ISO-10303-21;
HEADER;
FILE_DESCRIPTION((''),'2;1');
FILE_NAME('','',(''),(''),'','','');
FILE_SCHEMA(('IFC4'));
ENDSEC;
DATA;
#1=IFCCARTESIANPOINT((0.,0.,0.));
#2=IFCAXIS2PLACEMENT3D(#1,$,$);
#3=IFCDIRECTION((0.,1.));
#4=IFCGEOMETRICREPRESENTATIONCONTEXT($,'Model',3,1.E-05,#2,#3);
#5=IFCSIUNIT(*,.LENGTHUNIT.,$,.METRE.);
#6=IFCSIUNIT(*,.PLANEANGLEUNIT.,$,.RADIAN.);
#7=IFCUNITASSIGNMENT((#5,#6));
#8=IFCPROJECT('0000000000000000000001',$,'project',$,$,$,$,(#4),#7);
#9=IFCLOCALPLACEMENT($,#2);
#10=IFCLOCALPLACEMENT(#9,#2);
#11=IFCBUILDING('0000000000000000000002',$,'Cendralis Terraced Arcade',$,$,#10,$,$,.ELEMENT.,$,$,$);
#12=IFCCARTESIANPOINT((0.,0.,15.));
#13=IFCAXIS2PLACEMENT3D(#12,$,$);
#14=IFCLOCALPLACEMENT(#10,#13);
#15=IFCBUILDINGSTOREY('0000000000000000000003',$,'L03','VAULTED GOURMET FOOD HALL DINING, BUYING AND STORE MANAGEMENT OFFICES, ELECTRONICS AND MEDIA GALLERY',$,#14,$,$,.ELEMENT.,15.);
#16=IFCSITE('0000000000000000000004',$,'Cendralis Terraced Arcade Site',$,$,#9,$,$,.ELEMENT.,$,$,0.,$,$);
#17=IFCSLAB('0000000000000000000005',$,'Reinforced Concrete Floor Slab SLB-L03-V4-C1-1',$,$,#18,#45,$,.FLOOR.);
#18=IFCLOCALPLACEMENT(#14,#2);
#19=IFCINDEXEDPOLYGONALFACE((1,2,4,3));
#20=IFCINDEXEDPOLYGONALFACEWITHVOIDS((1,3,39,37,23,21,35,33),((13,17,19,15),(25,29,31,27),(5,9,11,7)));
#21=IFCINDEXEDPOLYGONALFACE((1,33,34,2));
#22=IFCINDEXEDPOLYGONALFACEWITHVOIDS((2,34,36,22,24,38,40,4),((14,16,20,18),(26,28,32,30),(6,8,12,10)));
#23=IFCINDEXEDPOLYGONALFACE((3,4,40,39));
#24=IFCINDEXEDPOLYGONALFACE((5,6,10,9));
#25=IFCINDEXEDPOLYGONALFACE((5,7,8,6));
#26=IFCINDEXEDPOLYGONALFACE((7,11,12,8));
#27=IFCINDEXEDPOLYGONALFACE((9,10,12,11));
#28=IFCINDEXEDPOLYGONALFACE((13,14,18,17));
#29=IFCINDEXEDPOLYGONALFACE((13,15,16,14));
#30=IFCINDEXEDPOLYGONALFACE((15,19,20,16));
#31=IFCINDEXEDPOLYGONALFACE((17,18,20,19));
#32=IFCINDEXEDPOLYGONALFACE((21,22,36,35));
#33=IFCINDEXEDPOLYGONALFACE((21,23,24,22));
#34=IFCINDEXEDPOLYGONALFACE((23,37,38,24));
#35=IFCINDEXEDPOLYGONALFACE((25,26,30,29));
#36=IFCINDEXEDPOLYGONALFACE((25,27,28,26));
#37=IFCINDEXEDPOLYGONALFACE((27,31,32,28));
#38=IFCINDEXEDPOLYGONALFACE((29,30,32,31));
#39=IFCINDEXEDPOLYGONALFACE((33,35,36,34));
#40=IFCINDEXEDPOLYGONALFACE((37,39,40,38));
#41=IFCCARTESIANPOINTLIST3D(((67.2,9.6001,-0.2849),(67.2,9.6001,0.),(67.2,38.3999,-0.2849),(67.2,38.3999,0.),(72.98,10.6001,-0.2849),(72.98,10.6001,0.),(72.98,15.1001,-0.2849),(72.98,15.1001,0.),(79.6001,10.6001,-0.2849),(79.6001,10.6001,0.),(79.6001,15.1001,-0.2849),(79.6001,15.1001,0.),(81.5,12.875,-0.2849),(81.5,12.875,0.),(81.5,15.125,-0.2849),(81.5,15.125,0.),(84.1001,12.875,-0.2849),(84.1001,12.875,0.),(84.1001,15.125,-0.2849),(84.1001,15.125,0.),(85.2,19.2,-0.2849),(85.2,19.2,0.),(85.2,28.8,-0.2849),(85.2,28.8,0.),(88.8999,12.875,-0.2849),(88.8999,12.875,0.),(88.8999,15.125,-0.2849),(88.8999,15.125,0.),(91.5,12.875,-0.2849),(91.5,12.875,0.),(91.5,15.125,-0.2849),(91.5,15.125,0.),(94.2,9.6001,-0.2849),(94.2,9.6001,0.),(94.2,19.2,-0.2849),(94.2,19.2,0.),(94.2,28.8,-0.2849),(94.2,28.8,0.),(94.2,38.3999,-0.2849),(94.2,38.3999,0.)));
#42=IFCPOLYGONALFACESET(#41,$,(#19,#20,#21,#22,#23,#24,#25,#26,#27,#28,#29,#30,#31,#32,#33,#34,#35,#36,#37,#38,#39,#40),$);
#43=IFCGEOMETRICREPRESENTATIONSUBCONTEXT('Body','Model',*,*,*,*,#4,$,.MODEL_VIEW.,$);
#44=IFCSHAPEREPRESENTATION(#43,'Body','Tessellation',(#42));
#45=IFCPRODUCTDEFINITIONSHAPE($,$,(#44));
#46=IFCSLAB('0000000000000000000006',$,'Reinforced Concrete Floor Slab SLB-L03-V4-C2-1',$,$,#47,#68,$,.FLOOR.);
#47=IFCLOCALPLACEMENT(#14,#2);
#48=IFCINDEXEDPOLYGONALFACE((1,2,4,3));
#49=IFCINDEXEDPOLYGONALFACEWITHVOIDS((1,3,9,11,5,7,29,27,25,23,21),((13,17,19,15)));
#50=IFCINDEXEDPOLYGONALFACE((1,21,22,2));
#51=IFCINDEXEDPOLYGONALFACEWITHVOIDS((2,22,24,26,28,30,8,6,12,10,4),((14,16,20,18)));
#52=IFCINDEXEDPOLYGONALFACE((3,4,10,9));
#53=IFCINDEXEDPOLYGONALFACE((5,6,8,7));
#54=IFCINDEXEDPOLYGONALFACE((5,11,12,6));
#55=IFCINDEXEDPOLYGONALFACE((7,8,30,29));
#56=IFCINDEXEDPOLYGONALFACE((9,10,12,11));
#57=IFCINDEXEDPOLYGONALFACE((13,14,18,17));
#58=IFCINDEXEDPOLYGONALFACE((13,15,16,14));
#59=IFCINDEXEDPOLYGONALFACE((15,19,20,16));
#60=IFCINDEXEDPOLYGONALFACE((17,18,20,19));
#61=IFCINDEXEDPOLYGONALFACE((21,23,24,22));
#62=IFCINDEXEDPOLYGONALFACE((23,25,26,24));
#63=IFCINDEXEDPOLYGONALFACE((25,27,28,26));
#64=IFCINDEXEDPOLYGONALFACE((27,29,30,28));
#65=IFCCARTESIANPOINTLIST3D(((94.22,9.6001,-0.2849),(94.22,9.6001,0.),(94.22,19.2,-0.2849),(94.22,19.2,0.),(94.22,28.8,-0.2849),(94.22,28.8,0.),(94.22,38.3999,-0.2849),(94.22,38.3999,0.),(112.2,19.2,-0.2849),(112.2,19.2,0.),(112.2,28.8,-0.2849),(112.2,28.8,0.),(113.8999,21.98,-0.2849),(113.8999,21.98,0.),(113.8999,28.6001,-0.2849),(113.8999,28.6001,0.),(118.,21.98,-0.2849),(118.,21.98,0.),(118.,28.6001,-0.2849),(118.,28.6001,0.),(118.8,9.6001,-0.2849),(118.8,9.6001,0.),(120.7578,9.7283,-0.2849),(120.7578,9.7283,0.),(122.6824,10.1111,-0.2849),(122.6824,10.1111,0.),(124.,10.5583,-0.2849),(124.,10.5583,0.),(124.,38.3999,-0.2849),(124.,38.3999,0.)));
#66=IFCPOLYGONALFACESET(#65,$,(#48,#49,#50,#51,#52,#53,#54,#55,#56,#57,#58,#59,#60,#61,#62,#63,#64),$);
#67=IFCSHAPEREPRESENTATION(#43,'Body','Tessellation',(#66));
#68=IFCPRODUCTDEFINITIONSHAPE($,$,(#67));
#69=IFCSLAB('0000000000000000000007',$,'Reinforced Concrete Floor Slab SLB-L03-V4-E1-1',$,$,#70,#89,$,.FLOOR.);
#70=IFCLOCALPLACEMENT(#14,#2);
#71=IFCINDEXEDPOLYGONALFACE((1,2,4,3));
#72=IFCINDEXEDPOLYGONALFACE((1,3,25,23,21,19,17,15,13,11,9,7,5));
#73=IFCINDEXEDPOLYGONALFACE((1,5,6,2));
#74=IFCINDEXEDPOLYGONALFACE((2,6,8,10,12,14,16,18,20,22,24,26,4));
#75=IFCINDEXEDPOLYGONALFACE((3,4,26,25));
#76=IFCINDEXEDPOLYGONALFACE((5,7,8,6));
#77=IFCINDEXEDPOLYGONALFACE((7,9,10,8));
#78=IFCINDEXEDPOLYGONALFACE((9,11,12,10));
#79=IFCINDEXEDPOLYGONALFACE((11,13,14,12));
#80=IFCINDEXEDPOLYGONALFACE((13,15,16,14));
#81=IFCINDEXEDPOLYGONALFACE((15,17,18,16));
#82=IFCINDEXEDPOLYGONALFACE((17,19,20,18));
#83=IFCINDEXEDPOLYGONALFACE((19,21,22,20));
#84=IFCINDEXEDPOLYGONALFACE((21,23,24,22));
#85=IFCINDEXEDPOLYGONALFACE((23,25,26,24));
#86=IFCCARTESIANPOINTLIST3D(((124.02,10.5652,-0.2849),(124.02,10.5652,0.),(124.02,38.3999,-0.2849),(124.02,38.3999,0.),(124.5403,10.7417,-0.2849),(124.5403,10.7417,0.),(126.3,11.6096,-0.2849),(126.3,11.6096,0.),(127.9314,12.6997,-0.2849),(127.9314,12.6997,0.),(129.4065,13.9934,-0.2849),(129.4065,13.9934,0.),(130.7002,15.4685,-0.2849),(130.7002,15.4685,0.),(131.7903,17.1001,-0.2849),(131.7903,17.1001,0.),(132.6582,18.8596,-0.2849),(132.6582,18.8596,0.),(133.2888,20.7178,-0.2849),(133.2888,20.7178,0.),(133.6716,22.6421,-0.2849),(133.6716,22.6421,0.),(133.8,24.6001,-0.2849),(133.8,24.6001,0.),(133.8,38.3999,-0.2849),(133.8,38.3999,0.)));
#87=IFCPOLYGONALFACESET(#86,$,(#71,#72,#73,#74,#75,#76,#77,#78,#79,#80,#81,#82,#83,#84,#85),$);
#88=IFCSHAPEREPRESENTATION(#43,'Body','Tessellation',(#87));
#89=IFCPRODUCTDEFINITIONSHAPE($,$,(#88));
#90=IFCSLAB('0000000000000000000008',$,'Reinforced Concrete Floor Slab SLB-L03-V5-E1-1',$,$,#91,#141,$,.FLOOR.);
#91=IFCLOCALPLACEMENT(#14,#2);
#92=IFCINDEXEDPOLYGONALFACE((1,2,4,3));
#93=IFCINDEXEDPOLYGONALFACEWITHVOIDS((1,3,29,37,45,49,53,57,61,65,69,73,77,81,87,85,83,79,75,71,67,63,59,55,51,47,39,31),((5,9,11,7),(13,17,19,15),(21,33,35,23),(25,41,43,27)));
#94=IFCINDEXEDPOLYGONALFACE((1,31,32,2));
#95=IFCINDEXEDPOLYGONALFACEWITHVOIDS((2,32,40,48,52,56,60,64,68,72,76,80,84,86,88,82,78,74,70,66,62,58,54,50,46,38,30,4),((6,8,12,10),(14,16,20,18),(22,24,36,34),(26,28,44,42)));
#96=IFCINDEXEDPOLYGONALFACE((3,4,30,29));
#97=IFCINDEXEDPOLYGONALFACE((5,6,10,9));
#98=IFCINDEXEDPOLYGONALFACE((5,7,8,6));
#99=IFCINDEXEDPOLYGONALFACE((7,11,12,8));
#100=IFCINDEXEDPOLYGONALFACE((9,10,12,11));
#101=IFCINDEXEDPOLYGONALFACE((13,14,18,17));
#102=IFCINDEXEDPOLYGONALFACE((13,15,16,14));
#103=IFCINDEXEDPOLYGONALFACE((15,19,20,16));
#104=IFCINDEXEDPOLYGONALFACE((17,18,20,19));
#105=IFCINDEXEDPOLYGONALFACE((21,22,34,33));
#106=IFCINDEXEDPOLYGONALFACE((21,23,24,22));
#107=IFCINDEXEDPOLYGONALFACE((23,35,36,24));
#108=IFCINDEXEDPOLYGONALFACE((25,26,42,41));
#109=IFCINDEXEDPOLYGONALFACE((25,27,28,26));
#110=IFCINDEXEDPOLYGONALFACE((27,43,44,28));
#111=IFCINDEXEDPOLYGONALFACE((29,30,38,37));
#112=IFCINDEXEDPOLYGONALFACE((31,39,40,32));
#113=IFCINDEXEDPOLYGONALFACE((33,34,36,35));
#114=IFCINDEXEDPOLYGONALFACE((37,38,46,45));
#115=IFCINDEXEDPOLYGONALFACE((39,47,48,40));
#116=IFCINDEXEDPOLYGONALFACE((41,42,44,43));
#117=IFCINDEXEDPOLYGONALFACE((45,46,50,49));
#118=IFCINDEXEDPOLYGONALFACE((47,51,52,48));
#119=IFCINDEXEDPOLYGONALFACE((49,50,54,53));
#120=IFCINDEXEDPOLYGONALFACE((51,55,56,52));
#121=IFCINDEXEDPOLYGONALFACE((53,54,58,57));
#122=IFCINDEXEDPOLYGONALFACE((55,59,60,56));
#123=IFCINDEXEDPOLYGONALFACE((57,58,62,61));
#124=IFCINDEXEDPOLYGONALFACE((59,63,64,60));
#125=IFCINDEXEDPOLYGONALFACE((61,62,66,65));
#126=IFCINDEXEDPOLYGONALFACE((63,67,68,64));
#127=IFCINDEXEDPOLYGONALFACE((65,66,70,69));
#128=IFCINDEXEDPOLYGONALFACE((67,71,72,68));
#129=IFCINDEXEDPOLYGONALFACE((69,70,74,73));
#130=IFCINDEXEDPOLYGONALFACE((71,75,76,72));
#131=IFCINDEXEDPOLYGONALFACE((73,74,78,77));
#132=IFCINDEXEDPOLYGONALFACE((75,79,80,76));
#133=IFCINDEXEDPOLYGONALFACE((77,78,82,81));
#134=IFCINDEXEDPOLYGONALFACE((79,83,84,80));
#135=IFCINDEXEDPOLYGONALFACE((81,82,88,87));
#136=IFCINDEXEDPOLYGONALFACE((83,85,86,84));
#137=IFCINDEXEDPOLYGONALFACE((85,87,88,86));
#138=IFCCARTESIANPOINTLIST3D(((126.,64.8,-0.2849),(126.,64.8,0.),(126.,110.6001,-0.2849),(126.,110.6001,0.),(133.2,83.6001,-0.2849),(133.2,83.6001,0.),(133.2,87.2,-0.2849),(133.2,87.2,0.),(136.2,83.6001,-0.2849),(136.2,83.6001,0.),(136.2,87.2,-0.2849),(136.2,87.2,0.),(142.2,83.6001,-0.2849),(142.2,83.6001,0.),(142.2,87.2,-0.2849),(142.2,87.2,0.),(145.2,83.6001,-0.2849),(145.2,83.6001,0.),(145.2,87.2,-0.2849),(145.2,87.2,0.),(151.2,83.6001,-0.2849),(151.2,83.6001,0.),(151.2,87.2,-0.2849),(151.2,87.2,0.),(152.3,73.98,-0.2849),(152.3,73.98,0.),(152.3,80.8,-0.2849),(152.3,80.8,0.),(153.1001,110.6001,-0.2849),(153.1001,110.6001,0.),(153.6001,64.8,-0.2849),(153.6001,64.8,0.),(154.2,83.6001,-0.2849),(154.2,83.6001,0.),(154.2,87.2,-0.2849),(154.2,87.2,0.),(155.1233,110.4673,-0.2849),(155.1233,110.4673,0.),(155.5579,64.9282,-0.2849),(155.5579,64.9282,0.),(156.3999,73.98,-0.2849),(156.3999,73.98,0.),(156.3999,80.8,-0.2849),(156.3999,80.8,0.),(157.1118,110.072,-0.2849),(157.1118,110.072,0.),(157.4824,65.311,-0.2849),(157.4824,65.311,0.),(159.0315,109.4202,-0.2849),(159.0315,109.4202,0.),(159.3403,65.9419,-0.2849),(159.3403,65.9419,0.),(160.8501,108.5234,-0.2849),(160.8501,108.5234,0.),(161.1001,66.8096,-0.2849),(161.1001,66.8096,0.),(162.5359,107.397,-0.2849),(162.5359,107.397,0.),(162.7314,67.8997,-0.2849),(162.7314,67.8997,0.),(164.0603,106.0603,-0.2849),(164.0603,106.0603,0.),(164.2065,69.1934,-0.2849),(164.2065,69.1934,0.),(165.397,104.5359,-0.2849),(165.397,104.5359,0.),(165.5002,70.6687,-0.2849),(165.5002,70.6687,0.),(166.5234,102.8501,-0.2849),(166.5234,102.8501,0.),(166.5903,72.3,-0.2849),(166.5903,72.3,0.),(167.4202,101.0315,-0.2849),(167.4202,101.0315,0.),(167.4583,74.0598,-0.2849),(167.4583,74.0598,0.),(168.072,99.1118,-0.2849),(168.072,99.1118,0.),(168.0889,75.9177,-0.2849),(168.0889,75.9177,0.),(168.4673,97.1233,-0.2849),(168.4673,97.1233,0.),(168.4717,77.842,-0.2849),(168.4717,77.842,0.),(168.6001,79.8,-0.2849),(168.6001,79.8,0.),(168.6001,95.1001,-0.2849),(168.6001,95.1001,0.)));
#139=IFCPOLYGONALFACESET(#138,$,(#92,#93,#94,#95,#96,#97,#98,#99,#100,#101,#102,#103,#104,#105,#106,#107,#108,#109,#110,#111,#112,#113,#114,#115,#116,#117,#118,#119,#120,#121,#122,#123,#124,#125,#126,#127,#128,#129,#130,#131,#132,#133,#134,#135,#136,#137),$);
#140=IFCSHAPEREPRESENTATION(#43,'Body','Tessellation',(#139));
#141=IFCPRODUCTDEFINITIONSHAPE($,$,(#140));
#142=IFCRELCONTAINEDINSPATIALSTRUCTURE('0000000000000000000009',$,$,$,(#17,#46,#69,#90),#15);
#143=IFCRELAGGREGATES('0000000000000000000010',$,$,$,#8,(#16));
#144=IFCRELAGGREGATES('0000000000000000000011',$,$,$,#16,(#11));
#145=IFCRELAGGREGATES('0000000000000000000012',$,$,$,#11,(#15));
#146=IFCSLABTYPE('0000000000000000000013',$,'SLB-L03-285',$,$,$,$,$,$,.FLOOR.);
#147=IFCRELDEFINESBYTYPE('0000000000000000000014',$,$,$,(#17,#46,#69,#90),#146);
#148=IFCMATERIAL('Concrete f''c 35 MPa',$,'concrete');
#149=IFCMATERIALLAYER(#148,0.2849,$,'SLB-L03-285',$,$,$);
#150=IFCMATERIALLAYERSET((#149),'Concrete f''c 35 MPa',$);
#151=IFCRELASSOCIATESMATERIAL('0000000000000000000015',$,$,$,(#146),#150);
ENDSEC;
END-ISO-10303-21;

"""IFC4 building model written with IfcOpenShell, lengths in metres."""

from ifc_helpers import new_model, si_unit, direction, frame, origin, place, context, subcontext, project, spatial, polyline, outline, extrude, material, layer, layer_set, type_object, element, save


model = new_model("IFC4")

# Units and contexts
model_context = context("Model", 3, precision=1e-05, world=origin(), true_north=direction((0.0, 1.0)))
body_context = subcontext(model_context, "Body", "Model", "MODEL_VIEW")
ifc_project = project(units=[si_unit("LENGTHUNIT", "METRE"), si_unit("PLANEANGLEUNIT", "RADIAN")], contexts=[model_context])

# Site, building, storey
site_placement = place(None, origin())
site = spatial("IfcSite", under=ifc_project, at=site_placement, Name="Cendralis Terraced Arcade Site", CompositionType="ELEMENT", RefElevation=0.0)
building_placement = place(site_placement, origin())
building = spatial("IfcBuilding", under=site, at=building_placement, Name="Cendralis Terraced Arcade", CompositionType="ELEMENT")
storey_placement = place(building_placement, frame((0.0, 0.0, 15.0)))
storey = spatial("IfcBuildingStorey", under=building, at=storey_placement, Name="L03", Description="VAULTED GOURMET FOOD HALL DINING, BUYING AND STORE MANAGEMENT OFFICES, ELECTRONICS AND MEDIA GALLERY", CompositionType="ELEMENT", Elevation=15.0)

# Slabs
ifc_material_1 = material(Name="Concrete f'c 35 MPa", Category="concrete")
ifc_layer_1 = layer(ifc_material_1, 0.2849, Name="SLB-L03-285")
ifc_layer_set_1 = layer_set([ifc_layer_1], Name="Concrete f'c 35 MPa")
slab_type_1 = type_object("IfcSlabType", Name="SLB-L03-285", PredefinedType="FLOOR", material=ifc_layer_set_1)
slab_1_placement = place(storey_placement, frame((0.0, 0.0, -0.2849)))
element("IfcSlab", 1, at=slab_1_placement, inside=storey, type_object=slab_type_1, Name="Reinforced Concrete Floor Slab SLB-L03-V4-C1-1", PredefinedType="FLOOR", context=body_context, shape_type="SweptSolid", body=[
    extrude(outline(polyline([(94.2, 28.8), (85.2, 28.8), (85.2, 19.2), (94.2, 19.2), (94.2, 9.6001), (67.2, 9.6001), (67.2, 38.3999), (94.2, 38.3999), (94.2, 28.8)]), holes=[polyline([(79.6001, 15.1001), (72.98, 15.1001), (72.98, 10.6001), (79.6001, 10.6001), (79.6001, 15.1001)]), polyline([(81.5, 15.125), (81.5, 12.875), (84.1001, 12.875), (84.1001, 15.125), (81.5, 15.125)]), polyline([(91.5, 15.125), (88.8999, 15.125), (88.8999, 12.875), (91.5, 12.875), (91.5, 15.125)])]), origin(), (0.0, 0.0, 1.0), 0.2849),
])
slab_2_placement = place(storey_placement, frame((0.0, 0.0, -0.2849)))
element("IfcSlab", 2, at=slab_2_placement, inside=storey, type_object=slab_type_1, Name="Reinforced Concrete Floor Slab SLB-L03-V4-C2-1", PredefinedType="FLOOR", context=body_context, shape_type="SweptSolid", body=[
    extrude(outline(polyline([(122.6824, 10.1111), (120.7578, 9.7283), (118.8, 9.6001), (94.22, 9.6001), (94.22, 19.2), (112.2, 19.2), (112.2, 28.8), (94.22, 28.8), (94.22, 38.3999), (124.0, 38.3999), (124.0, 10.5583), (122.6824, 10.1111)]), holes=[polyline([(118.0, 28.6001), (113.8999, 28.6001), (113.8999, 21.98), (118.0, 21.98), (118.0, 28.6001)])]), origin(), (0.0, 0.0, 1.0), 0.2849),
])
slab_3_placement = place(storey_placement, frame((0.0, 0.0, -0.2849)))
element("IfcSlab", 3, at=slab_3_placement, inside=storey, type_object=slab_type_1, Name="Reinforced Concrete Floor Slab SLB-L03-V4-E1-1", PredefinedType="FLOOR", context=body_context, shape_type="SweptSolid", body=[
    extrude(outline(polyline([(133.6716, 22.6421), (133.2888, 20.7178), (132.6582, 18.8596), (131.7903, 17.1001), (130.7002, 15.4685), (129.4065, 13.9934), (127.9314, 12.6997), (126.3, 11.6096), (124.5403, 10.7417), (124.02, 10.5652), (124.02, 38.3999), (133.8, 38.3999), (133.8, 24.6001), (133.6716, 22.6421)])), origin(), (0.0, 0.0, 1.0), 0.2849),
])
slab_4_placement = place(storey_placement, frame((0.0, 0.0, -0.2849)))
element("IfcSlab", 4, at=slab_4_placement, inside=storey, type_object=slab_type_1, Name="Reinforced Concrete Floor Slab SLB-L03-V5-E1-1", PredefinedType="FLOOR", context=body_context, shape_type="SweptSolid", body=[
    extrude(outline(polyline([(155.1233, 110.4673), (157.1118, 110.072), (159.0315, 109.4202), (160.8501, 108.5234), (162.5359, 107.397), (164.0603, 106.0603), (165.397, 104.5359), (166.5234, 102.8501), (167.4202, 101.0315), (168.072, 99.1118), (168.4673, 97.1233), (168.6001, 95.1001), (168.6001, 79.8), (168.4717, 77.842), (168.0889, 75.9177), (167.4583, 74.0598), (166.5903, 72.3), (165.5002, 70.6687), (164.2065, 69.1934), (162.7314, 67.8997), (161.1001, 66.8096), (159.3403, 65.9419), (157.4824, 65.311), (155.5579, 64.9282), (153.6001, 64.8), (126.0, 64.8), (126.0, 110.6001), (153.1001, 110.6001), (155.1233, 110.4673)]), holes=[polyline([(156.3999, 80.8), (152.3, 80.8), (152.3, 73.98), (156.3999, 73.98), (156.3999, 80.8)]), polyline([(136.2, 87.2), (133.2, 87.2), (133.2, 83.6001), (136.2, 83.6001), (136.2, 87.2)]), polyline([(145.2, 87.2), (142.2, 87.2), (142.2, 83.6001), (145.2, 83.6001), (145.2, 87.2)]), polyline([(154.2, 87.2), (151.2, 87.2), (151.2, 83.6001), (154.2, 83.6001), (154.2, 87.2)])]), origin(), (0.0, 0.0, 1.0), 0.2849),
])

save(model, "model.ifc")
